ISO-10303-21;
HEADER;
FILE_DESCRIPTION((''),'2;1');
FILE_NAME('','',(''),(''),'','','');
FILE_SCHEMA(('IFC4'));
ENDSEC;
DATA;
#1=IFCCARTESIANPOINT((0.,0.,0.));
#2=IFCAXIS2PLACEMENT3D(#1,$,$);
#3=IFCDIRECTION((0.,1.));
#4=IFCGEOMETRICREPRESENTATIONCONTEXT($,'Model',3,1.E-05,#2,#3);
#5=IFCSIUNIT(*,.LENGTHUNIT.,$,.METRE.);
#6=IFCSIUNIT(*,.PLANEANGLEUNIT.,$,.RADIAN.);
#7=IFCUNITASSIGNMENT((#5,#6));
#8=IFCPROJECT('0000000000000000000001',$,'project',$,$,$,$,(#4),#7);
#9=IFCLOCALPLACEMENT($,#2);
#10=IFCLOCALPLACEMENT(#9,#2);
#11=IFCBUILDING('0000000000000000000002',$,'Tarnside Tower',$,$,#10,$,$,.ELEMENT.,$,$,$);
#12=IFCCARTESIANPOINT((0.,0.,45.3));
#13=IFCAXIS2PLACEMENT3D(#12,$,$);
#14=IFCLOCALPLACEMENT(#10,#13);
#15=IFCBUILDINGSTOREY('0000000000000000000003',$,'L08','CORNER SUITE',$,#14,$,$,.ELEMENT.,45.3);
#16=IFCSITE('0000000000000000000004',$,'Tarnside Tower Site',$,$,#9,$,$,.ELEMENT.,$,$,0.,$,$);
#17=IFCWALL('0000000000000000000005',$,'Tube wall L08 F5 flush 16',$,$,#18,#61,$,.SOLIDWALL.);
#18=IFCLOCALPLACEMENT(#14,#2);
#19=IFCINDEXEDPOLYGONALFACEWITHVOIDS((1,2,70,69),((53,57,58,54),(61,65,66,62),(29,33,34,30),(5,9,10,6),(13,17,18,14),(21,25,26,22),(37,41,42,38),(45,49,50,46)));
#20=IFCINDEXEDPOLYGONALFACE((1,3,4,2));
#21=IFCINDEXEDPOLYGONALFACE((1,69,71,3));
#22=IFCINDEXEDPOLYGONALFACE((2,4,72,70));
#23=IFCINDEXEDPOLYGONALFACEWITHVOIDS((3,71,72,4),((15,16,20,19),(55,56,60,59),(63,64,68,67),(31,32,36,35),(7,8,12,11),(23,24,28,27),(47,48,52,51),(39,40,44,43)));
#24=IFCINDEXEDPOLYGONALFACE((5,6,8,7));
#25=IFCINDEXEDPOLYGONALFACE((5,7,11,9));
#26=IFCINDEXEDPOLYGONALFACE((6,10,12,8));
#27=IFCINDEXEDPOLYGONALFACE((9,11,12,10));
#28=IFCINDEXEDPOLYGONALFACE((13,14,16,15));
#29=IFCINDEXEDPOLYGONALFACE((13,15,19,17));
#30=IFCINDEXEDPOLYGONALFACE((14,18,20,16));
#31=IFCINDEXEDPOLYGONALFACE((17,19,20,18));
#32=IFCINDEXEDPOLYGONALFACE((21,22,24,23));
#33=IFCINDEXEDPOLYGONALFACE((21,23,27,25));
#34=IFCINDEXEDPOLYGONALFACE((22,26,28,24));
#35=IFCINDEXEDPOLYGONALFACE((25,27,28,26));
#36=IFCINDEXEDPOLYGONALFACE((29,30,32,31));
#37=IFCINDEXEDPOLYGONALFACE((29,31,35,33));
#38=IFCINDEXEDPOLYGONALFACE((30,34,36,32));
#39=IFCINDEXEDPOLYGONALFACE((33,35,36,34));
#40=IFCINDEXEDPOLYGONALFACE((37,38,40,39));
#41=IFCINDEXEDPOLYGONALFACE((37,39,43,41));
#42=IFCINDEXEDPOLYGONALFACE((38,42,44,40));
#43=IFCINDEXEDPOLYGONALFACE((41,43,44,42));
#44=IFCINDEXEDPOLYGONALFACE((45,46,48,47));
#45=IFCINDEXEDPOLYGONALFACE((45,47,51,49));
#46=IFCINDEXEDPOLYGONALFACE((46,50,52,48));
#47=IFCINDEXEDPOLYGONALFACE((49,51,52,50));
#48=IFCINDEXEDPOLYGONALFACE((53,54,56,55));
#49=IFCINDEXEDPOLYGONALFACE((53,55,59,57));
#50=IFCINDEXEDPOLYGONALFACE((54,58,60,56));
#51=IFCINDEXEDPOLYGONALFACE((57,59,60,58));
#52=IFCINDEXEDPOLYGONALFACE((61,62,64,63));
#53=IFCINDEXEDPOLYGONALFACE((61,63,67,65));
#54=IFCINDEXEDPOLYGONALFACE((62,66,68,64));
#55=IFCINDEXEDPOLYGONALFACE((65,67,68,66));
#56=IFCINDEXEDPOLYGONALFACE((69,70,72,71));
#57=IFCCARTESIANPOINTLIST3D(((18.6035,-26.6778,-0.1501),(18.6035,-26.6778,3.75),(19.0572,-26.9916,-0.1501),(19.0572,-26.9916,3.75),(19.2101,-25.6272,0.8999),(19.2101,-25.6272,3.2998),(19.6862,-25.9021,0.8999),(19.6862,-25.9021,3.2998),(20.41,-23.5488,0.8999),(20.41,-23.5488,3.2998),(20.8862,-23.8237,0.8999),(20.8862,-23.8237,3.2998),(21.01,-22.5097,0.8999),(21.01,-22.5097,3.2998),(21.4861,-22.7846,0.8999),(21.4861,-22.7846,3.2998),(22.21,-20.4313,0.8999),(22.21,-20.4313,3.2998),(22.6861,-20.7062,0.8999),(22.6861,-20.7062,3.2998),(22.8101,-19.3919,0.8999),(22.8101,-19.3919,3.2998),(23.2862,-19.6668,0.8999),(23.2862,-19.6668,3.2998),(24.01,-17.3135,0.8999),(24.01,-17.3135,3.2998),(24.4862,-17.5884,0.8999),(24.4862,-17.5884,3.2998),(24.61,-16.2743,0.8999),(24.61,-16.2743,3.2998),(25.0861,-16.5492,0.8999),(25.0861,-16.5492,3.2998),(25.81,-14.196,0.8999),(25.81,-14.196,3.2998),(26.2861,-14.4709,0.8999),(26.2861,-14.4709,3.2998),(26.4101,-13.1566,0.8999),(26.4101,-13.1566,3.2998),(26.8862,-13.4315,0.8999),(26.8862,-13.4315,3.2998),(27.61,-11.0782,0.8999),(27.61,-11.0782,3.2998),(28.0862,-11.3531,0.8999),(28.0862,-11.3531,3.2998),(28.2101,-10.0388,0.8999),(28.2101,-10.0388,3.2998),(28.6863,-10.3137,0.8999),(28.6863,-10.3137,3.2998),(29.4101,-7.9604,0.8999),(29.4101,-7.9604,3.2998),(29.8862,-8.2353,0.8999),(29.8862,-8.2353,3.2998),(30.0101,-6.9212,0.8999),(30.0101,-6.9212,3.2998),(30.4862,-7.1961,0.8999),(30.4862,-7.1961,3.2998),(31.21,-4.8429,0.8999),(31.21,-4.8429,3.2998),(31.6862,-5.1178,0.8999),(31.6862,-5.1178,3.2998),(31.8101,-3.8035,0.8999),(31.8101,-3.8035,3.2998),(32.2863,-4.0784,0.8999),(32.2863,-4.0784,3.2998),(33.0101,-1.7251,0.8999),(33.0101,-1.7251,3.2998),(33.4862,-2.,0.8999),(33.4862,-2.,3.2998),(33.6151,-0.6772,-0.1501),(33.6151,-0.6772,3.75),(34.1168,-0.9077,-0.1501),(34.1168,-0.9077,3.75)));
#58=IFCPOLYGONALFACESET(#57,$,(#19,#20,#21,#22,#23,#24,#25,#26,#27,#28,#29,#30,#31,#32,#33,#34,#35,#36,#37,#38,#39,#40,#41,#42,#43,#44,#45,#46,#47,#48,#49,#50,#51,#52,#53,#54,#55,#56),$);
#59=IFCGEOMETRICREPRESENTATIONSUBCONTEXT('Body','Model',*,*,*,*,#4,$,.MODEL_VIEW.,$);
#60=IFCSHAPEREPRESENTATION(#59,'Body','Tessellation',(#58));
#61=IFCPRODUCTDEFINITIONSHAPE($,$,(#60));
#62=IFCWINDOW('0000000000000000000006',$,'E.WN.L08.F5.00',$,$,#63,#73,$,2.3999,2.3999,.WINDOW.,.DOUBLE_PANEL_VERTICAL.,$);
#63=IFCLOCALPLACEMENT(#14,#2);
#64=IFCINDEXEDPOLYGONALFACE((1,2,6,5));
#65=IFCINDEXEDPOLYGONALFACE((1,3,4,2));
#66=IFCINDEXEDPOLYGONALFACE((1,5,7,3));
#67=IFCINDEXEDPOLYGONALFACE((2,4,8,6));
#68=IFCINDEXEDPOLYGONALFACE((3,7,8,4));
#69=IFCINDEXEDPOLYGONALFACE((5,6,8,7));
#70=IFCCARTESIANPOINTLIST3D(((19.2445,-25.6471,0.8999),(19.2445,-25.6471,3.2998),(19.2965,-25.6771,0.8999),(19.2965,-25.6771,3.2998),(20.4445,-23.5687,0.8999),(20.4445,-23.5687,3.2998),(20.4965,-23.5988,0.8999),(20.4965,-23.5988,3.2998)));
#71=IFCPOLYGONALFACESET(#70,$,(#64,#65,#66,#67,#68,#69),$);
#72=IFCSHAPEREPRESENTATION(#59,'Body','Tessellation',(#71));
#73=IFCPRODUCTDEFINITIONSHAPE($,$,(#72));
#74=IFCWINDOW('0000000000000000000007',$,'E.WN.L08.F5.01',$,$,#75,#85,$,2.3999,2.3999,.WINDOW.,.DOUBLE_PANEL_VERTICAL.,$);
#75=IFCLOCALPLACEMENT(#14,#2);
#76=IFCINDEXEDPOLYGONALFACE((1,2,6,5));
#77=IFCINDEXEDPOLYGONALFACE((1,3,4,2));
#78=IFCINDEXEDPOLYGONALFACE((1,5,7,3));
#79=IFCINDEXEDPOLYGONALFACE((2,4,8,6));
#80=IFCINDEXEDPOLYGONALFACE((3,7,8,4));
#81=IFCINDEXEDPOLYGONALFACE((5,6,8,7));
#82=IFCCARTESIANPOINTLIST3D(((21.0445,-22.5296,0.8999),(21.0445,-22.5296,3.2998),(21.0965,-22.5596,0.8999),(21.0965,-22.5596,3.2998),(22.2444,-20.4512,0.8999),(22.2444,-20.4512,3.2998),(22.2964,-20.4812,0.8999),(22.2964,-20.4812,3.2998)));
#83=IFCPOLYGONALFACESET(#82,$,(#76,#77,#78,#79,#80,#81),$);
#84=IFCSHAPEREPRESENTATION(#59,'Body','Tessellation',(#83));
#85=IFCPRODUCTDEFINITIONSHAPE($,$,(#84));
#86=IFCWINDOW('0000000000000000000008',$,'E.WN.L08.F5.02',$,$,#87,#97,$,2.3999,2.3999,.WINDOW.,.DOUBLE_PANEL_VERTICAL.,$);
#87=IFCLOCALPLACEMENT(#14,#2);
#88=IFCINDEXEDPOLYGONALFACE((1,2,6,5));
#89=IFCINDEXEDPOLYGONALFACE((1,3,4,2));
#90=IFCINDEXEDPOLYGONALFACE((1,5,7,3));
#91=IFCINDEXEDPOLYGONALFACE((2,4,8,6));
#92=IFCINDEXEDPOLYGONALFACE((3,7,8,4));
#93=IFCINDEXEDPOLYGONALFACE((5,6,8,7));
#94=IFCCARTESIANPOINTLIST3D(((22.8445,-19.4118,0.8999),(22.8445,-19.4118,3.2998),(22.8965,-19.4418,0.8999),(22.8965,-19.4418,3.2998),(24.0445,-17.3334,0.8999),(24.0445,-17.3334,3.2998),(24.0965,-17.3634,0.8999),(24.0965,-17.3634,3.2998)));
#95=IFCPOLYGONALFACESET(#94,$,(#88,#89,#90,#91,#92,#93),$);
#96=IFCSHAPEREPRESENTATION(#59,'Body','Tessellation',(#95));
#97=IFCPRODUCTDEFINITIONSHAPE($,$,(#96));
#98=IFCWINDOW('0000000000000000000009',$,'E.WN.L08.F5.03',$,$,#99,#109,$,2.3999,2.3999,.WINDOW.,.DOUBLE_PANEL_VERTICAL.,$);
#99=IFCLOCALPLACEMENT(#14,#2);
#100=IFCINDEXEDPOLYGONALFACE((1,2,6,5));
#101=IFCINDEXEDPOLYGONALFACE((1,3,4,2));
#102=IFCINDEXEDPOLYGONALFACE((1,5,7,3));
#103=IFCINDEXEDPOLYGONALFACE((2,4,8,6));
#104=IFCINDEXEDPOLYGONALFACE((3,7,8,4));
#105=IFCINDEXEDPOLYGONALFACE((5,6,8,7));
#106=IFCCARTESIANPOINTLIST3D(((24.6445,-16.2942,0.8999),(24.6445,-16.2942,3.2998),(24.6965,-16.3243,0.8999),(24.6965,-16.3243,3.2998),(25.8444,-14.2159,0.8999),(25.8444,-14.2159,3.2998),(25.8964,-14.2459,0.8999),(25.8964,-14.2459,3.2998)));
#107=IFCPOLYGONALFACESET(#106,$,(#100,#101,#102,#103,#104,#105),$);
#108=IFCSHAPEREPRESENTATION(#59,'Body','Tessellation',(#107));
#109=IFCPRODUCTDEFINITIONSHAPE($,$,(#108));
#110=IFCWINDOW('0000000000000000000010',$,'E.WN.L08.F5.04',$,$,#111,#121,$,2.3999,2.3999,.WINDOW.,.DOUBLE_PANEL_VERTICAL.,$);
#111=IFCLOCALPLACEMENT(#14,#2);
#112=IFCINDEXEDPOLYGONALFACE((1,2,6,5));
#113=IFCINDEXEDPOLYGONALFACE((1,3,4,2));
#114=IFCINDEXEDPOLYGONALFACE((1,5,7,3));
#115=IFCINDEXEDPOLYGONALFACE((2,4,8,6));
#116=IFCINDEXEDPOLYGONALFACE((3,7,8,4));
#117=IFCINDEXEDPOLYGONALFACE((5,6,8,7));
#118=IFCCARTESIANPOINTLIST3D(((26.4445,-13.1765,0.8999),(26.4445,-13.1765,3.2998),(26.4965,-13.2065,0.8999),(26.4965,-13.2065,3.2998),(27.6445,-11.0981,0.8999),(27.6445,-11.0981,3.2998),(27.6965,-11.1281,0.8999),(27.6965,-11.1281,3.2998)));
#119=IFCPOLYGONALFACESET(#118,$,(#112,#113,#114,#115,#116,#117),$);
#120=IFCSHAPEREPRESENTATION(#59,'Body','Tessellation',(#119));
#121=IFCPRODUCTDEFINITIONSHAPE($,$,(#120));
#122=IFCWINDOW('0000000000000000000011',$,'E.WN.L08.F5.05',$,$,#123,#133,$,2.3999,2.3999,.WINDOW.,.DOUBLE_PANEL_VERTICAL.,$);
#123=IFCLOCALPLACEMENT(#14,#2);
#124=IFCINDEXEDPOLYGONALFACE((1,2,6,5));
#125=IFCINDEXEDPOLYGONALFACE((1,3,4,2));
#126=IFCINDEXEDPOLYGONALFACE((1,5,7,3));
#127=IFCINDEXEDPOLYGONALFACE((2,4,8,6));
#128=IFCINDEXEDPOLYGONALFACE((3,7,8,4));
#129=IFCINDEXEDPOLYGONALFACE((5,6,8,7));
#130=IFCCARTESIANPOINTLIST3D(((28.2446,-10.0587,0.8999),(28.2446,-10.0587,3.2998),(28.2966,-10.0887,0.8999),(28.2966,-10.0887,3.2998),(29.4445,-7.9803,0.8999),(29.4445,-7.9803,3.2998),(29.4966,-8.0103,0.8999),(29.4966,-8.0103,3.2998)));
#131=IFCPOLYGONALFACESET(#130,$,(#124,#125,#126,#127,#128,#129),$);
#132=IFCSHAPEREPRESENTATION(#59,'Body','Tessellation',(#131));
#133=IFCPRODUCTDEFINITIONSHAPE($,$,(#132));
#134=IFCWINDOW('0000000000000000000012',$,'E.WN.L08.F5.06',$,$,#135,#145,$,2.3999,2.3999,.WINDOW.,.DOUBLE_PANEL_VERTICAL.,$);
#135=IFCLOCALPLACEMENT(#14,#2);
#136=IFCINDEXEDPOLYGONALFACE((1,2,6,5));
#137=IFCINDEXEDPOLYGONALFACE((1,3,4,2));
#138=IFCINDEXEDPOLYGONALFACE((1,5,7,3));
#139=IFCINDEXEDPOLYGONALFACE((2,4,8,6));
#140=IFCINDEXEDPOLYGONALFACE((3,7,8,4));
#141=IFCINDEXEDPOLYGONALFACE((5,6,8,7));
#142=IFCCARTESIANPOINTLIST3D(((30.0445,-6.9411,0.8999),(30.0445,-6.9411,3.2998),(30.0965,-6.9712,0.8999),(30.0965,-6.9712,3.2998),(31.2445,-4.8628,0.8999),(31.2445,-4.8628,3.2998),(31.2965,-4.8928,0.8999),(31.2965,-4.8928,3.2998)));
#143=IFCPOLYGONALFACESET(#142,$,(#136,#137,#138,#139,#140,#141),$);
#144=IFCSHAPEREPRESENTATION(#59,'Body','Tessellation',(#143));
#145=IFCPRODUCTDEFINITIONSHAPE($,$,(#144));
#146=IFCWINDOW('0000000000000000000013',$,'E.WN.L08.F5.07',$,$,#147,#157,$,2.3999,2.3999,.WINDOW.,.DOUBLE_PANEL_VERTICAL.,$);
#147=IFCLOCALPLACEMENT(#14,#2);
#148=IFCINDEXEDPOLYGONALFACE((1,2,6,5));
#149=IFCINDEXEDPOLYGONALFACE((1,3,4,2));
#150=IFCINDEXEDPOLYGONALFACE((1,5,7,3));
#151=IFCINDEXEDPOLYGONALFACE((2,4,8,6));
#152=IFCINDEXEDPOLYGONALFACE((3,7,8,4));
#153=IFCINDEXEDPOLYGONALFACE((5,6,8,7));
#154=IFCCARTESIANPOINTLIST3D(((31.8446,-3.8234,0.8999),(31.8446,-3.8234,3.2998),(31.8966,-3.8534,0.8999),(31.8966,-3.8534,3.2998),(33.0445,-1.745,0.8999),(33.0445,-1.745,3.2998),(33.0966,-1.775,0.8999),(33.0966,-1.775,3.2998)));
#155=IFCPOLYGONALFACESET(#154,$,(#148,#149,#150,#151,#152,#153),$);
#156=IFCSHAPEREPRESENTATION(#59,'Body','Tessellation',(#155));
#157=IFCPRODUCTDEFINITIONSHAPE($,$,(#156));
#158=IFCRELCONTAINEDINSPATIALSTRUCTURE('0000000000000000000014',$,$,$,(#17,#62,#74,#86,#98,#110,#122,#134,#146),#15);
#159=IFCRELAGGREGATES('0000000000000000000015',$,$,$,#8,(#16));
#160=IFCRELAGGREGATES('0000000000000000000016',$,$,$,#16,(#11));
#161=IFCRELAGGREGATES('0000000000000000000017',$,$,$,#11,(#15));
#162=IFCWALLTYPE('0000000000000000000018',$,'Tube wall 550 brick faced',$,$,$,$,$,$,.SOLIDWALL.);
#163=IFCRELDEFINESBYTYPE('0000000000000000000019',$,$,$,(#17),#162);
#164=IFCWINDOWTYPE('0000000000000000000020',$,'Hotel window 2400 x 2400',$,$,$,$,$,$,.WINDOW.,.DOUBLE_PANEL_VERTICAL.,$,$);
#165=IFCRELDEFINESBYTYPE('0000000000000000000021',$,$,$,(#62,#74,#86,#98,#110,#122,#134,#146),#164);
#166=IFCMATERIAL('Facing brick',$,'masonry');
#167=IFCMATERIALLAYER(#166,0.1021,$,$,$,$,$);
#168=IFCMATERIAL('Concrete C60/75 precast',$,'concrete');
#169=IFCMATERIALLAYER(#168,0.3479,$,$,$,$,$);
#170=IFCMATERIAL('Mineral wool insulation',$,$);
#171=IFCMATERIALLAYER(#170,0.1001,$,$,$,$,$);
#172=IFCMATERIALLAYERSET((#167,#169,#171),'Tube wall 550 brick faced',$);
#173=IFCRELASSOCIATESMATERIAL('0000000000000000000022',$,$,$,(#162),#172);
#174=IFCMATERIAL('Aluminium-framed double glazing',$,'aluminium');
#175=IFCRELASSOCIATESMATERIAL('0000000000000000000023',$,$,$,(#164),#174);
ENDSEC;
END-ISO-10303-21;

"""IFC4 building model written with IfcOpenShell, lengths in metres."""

from ifc_helpers import new_model, si_unit, direction, frame, frame_2d, origin, place, context, subcontext, project, spatial, polyline, rectangle, outline, extrude, material, layer, layer_set, type_object, element, fill, save


model = new_model("IFC4")

# Units and contexts
model_context = context("Model", 3, precision=1e-05, world=origin(), true_north=direction((0.0, 1.0)))
body_context = subcontext(model_context, "Body", "Model", "MODEL_VIEW")
ifc_project = project(units=[si_unit("LENGTHUNIT", "METRE"), si_unit("PLANEANGLEUNIT", "RADIAN")], contexts=[model_context])

# Site, building, storey
site_placement = place(None, origin())
site = spatial("IfcSite", under=ifc_project, at=site_placement, Name="Tarnside Tower Site", CompositionType="ELEMENT", RefElevation=0.0)
building_placement = place(site_placement, origin())
building = spatial("IfcBuilding", under=site, at=building_placement, Name="Tarnside Tower", CompositionType="ELEMENT")
storey_placement = place(building_placement, frame((0.0, 0.0, 45.3)))
storey = spatial("IfcBuildingStorey", under=building, at=storey_placement, Name="L08", Description="CORNER SUITE", CompositionType="ELEMENT", Elevation=45.3)

# Shared definitions
ifc_material_1 = material(Name="Facing brick", Category="masonry")
ifc_layer_1 = layer(ifc_material_1, 0.1021)
ifc_material_2 = material(Name="Concrete C60/75 precast", Category="concrete")
ifc_layer_2 = layer(ifc_material_2, 0.3479)
ifc_material_3 = material(Name="Mineral wool insulation")
ifc_layer_3 = layer(ifc_material_3, 0.1001)
ifc_layer_set_1 = layer_set([ifc_layer_1, ifc_layer_2, ifc_layer_3], Name="Tube wall 550 brick faced")
wall_type_1 = type_object("IfcWallType", Name="Tube wall 550 brick faced", PredefinedType="SOLIDWALL", material=ifc_layer_set_1)

# Wall, openings, windows
wall_1_placement = place(storey_placement, frame((18.8303, -26.8347, -0.1501), z_axis=(0.0, 0.0, 1.0), x_axis=(0.500004, 0.866023, 0.0)))
wall_1 = element("IfcWall", 1, at=wall_1_placement, inside=storey, type_object=wall_type_1, Name="Tube wall L08 F5 flush 16", PredefinedType="SOLIDWALL", context=body_context, shape_type="SweptSolid", body=[
    extrude(outline(polyline([(-0.0225, -0.2749), (30.0967, -0.2749), (30.0454, 0.2749), (0.0225, 0.2749), (-0.0225, -0.2749)])), origin(), (0.0, 0.0, 1.0), 3.9001),
])
opening_1_placement = place(wall_1_placement, frame((1.2356, 0.0, 1.05)))
opening_1 = element("IfcOpeningElement", 2, at=opening_1_placement, cuts=wall_1, PredefinedType="OPENING", context=body_context, shape_type="SweptSolid", body=[
    extrude(rectangle(XDim=2.3999, YDim=2.3999, at=frame_2d((1.2, 1.2))), frame((0.0, 0.2852, 0.0), z_axis=(0.0, -1.0, 0.0), x_axis=(1.0, 0.0, 0.0)), (0.0, 0.0, 1.0), 0.5701),
])
opening_2_placement = place(wall_1_placement, frame((4.8354, 0.0, 1.05)))
opening_2 = element("IfcOpeningElement", 3, at=opening_2_placement, cuts=wall_1, PredefinedType="OPENING", context=body_context, shape_type="SweptSolid", body=[
    extrude(rectangle(XDim=2.3999, YDim=2.3999, at=frame_2d((1.2, 1.2))), frame((0.0, 0.2852, 0.0), z_axis=(0.0, -1.0, 0.0), x_axis=(1.0, 0.0, 0.0)), (0.0, 0.0, 1.0), 0.5701),
])
opening_3_placement = place(wall_1_placement, frame((8.4355, 0.0, 1.05)))
opening_3 = element("IfcOpeningElement", 4, at=opening_3_placement, cuts=wall_1, PredefinedType="OPENING", context=body_context, shape_type="SweptSolid", body=[
    extrude(rectangle(XDim=2.3999, YDim=2.3999, at=frame_2d((1.2, 1.2))), frame((0.0, 0.2852, 0.0), z_axis=(0.0, -1.0, 0.0), x_axis=(1.0, 0.0, 0.0)), (0.0, 0.0, 1.0), 0.5701),
])
opening_4_placement = place(wall_1_placement, frame((12.0354, 0.0, 1.05)))
opening_4 = element("IfcOpeningElement", 5, at=opening_4_placement, cuts=wall_1, PredefinedType="OPENING", context=body_context, shape_type="SweptSolid", body=[
    extrude(rectangle(XDim=2.3999, YDim=2.3999, at=frame_2d((1.2, 1.2))), frame((0.0, 0.2852, 0.0), z_axis=(0.0, -1.0, 0.0), x_axis=(1.0, 0.0, 0.0)), (0.0, 0.0, 1.0), 0.5701),
])
opening_5_placement = place(wall_1_placement, frame((15.6355, 0.0, 1.05)))
opening_5 = element("IfcOpeningElement", 6, at=opening_5_placement, cuts=wall_1, PredefinedType="OPENING", context=body_context, shape_type="SweptSolid", body=[
    extrude(rectangle(XDim=2.3999, YDim=2.3999, at=frame_2d((1.2, 1.2))), frame((0.0, 0.2852, 0.0), z_axis=(0.0, -1.0, 0.0), x_axis=(1.0, 0.0, 0.0)), (0.0, 0.0, 1.0), 0.5701),
])
opening_6_placement = place(wall_1_placement, frame((19.2356, 0.0, 1.05)))
opening_6 = element("IfcOpeningElement", 7, at=opening_6_placement, cuts=wall_1, PredefinedType="OPENING", context=body_context, shape_type="SweptSolid", body=[
    extrude(rectangle(XDim=2.3999, YDim=2.3999, at=frame_2d((1.2, 1.2))), frame((0.0, 0.2852, 0.0), z_axis=(0.0, -1.0, 0.0), x_axis=(1.0, 0.0, 0.0)), (0.0, 0.0, 1.0), 0.5701),
])
opening_7_placement = place(wall_1_placement, frame((22.8354, 0.0, 1.05)))
opening_7 = element("IfcOpeningElement", 8, at=opening_7_placement, cuts=wall_1, PredefinedType="OPENING", context=body_context, shape_type="SweptSolid", body=[
    extrude(rectangle(XDim=2.3999, YDim=2.3999, at=frame_2d((1.2, 1.2))), frame((0.0, 0.2852, 0.0), z_axis=(0.0, -1.0, 0.0), x_axis=(1.0, 0.0, 0.0)), (0.0, 0.0, 1.0), 0.5701),
])
opening_8_placement = place(wall_1_placement, frame((26.4355, 0.0, 1.05)))
opening_8 = element("IfcOpeningElement", 9, at=opening_8_placement, cuts=wall_1, PredefinedType="OPENING", context=body_context, shape_type="SweptSolid", body=[
    extrude(rectangle(XDim=2.3999, YDim=2.3999, at=frame_2d((1.2, 1.2))), frame((0.0, 0.2852, 0.0), z_axis=(0.0, -1.0, 0.0), x_axis=(1.0, 0.0, 0.0)), (0.0, 0.0, 1.0), 0.5701),
])
ifc_material_4 = material(Name="Aluminium-framed double glazing", Category="aluminium")
window_type = type_object("IfcWindowType", Name="Hotel window 2400 x 2400", PartitioningType="DOUBLE_PANEL_VERTICAL", PredefinedType="WINDOW", material=ifc_material_4)
window_1_placement = place(opening_1_placement, frame((0.0, 0.2051, 0.0)))
window_1 = element("IfcWindow", 10, at=window_1_placement, inside=storey, type_object=window_type, Name="E.WN.L08.F5.00", OverallHeight=2.3999, OverallWidth=2.3999, PartitioningType="DOUBLE_PANEL_VERTICAL", PredefinedType="WINDOW", context=body_context, shape_type="SweptSolid", body=[
    extrude(rectangle(XDim=2.3999, YDim=2.3999, at=frame_2d((1.2, 1.2))), frame((0.0, 0.03, 0.0), z_axis=(0.0, -1.0, 0.0), x_axis=(1.0, 0.0, 0.0)), (0.0, 0.0, 1.0), 0.0601),
])
fill(opening_1, window_1)
window_2_placement = place(opening_2_placement, frame((0.0, 0.2051, 0.0)))
window_2 = element("IfcWindow", 11, at=window_2_placement, inside=storey, type_object=window_type, Name="E.WN.L08.F5.01", OverallHeight=2.3999, OverallWidth=2.3999, PartitioningType="DOUBLE_PANEL_VERTICAL", PredefinedType="WINDOW", context=body_context, shape_type="SweptSolid", body=[
    extrude(rectangle(XDim=2.3999, YDim=2.3999, at=frame_2d((1.2, 1.2))), frame((0.0, 0.03, 0.0), z_axis=(0.0, -1.0, 0.0), x_axis=(1.0, 0.0, 0.0)), (0.0, 0.0, 1.0), 0.0601),
])
fill(opening_2, window_2)
window_3_placement = place(opening_3_placement, frame((0.0, 0.2051, 0.0)))
window_3 = element("IfcWindow", 12, at=window_3_placement, inside=storey, type_object=window_type, Name="E.WN.L08.F5.02", OverallHeight=2.3999, OverallWidth=2.3999, PartitioningType="DOUBLE_PANEL_VERTICAL", PredefinedType="WINDOW", context=body_context, shape_type="SweptSolid", body=[
    extrude(rectangle(XDim=2.3999, YDim=2.3999, at=frame_2d((1.2, 1.2))), frame((0.0, 0.03, 0.0), z_axis=(0.0, -1.0, 0.0), x_axis=(1.0, 0.0, 0.0)), (0.0, 0.0, 1.0), 0.0601),
])
fill(opening_3, window_3)
window_4_placement = place(opening_4_placement, frame((0.0, 0.2051, 0.0)))
window_4 = element("IfcWindow", 13, at=window_4_placement, inside=storey, type_object=window_type, Name="E.WN.L08.F5.03", OverallHeight=2.3999, OverallWidth=2.3999, PartitioningType="DOUBLE_PANEL_VERTICAL", PredefinedType="WINDOW", context=body_context, shape_type="SweptSolid", body=[
    extrude(rectangle(XDim=2.3999, YDim=2.3999, at=frame_2d((1.2, 1.2))), frame((0.0, 0.03, 0.0), z_axis=(0.0, -1.0, 0.0), x_axis=(1.0, 0.0, 0.0)), (0.0, 0.0, 1.0), 0.0601),
])
fill(opening_4, window_4)
window_5_placement = place(opening_5_placement, frame((0.0, 0.2051, 0.0)))
window_5 = element("IfcWindow", 14, at=window_5_placement, inside=storey, type_object=window_type, Name="E.WN.L08.F5.04", OverallHeight=2.3999, OverallWidth=2.3999, PartitioningType="DOUBLE_PANEL_VERTICAL", PredefinedType="WINDOW", context=body_context, shape_type="SweptSolid", body=[
    extrude(rectangle(XDim=2.3999, YDim=2.3999, at=frame_2d((1.2, 1.2))), frame((0.0, 0.03, 0.0), z_axis=(0.0, -1.0, 0.0), x_axis=(1.0, 0.0, 0.0)), (0.0, 0.0, 1.0), 0.0601),
])
fill(opening_5, window_5)
window_6_placement = place(opening_6_placement, frame((0.0, 0.2051, 0.0)))
window_6 = element("IfcWindow", 15, at=window_6_placement, inside=storey, type_object=window_type, Name="E.WN.L08.F5.05", OverallHeight=2.3999, OverallWidth=2.3999, PartitioningType="DOUBLE_PANEL_VERTICAL", PredefinedType="WINDOW", context=body_context, shape_type="SweptSolid", body=[
    extrude(rectangle(XDim=2.3999, YDim=2.3999, at=frame_2d((1.2, 1.2))), frame((0.0, 0.03, 0.0), z_axis=(0.0, -1.0, 0.0), x_axis=(1.0, 0.0, 0.0)), (0.0, 0.0, 1.0), 0.0601),
])
fill(opening_6, window_6)
window_7_placement = place(opening_7_placement, frame((0.0, 0.2051, 0.0)))
window_7 = element("IfcWindow", 16, at=window_7_placement, inside=storey, type_object=window_type, Name="E.WN.L08.F5.06", OverallHeight=2.3999, OverallWidth=2.3999, PartitioningType="DOUBLE_PANEL_VERTICAL", PredefinedType="WINDOW", context=body_context, shape_type="SweptSolid", body=[
    extrude(rectangle(XDim=2.3999, YDim=2.3999, at=frame_2d((1.2, 1.2))), frame((0.0, 0.03, 0.0), z_axis=(0.0, -1.0, 0.0), x_axis=(1.0, 0.0, 0.0)), (0.0, 0.0, 1.0), 0.0601),
])
fill(opening_7, window_7)
window_8_placement = place(opening_8_placement, frame((0.0, 0.2051, 0.0)))
window_8 = element("IfcWindow", 17, at=window_8_placement, inside=storey, type_object=window_type, Name="E.WN.L08.F5.07", OverallHeight=2.3999, OverallWidth=2.3999, PartitioningType="DOUBLE_PANEL_VERTICAL", PredefinedType="WINDOW", context=body_context, shape_type="SweptSolid", body=[
    extrude(rectangle(XDim=2.3999, YDim=2.3999, at=frame_2d((1.2, 1.2))), frame((0.0, 0.03, 0.0), z_axis=(0.0, -1.0, 0.0), x_axis=(1.0, 0.0, 0.0)), (0.0, 0.0, 1.0), 0.0601),
])
fill(opening_8, window_8)

save(model, "model.ifc")
